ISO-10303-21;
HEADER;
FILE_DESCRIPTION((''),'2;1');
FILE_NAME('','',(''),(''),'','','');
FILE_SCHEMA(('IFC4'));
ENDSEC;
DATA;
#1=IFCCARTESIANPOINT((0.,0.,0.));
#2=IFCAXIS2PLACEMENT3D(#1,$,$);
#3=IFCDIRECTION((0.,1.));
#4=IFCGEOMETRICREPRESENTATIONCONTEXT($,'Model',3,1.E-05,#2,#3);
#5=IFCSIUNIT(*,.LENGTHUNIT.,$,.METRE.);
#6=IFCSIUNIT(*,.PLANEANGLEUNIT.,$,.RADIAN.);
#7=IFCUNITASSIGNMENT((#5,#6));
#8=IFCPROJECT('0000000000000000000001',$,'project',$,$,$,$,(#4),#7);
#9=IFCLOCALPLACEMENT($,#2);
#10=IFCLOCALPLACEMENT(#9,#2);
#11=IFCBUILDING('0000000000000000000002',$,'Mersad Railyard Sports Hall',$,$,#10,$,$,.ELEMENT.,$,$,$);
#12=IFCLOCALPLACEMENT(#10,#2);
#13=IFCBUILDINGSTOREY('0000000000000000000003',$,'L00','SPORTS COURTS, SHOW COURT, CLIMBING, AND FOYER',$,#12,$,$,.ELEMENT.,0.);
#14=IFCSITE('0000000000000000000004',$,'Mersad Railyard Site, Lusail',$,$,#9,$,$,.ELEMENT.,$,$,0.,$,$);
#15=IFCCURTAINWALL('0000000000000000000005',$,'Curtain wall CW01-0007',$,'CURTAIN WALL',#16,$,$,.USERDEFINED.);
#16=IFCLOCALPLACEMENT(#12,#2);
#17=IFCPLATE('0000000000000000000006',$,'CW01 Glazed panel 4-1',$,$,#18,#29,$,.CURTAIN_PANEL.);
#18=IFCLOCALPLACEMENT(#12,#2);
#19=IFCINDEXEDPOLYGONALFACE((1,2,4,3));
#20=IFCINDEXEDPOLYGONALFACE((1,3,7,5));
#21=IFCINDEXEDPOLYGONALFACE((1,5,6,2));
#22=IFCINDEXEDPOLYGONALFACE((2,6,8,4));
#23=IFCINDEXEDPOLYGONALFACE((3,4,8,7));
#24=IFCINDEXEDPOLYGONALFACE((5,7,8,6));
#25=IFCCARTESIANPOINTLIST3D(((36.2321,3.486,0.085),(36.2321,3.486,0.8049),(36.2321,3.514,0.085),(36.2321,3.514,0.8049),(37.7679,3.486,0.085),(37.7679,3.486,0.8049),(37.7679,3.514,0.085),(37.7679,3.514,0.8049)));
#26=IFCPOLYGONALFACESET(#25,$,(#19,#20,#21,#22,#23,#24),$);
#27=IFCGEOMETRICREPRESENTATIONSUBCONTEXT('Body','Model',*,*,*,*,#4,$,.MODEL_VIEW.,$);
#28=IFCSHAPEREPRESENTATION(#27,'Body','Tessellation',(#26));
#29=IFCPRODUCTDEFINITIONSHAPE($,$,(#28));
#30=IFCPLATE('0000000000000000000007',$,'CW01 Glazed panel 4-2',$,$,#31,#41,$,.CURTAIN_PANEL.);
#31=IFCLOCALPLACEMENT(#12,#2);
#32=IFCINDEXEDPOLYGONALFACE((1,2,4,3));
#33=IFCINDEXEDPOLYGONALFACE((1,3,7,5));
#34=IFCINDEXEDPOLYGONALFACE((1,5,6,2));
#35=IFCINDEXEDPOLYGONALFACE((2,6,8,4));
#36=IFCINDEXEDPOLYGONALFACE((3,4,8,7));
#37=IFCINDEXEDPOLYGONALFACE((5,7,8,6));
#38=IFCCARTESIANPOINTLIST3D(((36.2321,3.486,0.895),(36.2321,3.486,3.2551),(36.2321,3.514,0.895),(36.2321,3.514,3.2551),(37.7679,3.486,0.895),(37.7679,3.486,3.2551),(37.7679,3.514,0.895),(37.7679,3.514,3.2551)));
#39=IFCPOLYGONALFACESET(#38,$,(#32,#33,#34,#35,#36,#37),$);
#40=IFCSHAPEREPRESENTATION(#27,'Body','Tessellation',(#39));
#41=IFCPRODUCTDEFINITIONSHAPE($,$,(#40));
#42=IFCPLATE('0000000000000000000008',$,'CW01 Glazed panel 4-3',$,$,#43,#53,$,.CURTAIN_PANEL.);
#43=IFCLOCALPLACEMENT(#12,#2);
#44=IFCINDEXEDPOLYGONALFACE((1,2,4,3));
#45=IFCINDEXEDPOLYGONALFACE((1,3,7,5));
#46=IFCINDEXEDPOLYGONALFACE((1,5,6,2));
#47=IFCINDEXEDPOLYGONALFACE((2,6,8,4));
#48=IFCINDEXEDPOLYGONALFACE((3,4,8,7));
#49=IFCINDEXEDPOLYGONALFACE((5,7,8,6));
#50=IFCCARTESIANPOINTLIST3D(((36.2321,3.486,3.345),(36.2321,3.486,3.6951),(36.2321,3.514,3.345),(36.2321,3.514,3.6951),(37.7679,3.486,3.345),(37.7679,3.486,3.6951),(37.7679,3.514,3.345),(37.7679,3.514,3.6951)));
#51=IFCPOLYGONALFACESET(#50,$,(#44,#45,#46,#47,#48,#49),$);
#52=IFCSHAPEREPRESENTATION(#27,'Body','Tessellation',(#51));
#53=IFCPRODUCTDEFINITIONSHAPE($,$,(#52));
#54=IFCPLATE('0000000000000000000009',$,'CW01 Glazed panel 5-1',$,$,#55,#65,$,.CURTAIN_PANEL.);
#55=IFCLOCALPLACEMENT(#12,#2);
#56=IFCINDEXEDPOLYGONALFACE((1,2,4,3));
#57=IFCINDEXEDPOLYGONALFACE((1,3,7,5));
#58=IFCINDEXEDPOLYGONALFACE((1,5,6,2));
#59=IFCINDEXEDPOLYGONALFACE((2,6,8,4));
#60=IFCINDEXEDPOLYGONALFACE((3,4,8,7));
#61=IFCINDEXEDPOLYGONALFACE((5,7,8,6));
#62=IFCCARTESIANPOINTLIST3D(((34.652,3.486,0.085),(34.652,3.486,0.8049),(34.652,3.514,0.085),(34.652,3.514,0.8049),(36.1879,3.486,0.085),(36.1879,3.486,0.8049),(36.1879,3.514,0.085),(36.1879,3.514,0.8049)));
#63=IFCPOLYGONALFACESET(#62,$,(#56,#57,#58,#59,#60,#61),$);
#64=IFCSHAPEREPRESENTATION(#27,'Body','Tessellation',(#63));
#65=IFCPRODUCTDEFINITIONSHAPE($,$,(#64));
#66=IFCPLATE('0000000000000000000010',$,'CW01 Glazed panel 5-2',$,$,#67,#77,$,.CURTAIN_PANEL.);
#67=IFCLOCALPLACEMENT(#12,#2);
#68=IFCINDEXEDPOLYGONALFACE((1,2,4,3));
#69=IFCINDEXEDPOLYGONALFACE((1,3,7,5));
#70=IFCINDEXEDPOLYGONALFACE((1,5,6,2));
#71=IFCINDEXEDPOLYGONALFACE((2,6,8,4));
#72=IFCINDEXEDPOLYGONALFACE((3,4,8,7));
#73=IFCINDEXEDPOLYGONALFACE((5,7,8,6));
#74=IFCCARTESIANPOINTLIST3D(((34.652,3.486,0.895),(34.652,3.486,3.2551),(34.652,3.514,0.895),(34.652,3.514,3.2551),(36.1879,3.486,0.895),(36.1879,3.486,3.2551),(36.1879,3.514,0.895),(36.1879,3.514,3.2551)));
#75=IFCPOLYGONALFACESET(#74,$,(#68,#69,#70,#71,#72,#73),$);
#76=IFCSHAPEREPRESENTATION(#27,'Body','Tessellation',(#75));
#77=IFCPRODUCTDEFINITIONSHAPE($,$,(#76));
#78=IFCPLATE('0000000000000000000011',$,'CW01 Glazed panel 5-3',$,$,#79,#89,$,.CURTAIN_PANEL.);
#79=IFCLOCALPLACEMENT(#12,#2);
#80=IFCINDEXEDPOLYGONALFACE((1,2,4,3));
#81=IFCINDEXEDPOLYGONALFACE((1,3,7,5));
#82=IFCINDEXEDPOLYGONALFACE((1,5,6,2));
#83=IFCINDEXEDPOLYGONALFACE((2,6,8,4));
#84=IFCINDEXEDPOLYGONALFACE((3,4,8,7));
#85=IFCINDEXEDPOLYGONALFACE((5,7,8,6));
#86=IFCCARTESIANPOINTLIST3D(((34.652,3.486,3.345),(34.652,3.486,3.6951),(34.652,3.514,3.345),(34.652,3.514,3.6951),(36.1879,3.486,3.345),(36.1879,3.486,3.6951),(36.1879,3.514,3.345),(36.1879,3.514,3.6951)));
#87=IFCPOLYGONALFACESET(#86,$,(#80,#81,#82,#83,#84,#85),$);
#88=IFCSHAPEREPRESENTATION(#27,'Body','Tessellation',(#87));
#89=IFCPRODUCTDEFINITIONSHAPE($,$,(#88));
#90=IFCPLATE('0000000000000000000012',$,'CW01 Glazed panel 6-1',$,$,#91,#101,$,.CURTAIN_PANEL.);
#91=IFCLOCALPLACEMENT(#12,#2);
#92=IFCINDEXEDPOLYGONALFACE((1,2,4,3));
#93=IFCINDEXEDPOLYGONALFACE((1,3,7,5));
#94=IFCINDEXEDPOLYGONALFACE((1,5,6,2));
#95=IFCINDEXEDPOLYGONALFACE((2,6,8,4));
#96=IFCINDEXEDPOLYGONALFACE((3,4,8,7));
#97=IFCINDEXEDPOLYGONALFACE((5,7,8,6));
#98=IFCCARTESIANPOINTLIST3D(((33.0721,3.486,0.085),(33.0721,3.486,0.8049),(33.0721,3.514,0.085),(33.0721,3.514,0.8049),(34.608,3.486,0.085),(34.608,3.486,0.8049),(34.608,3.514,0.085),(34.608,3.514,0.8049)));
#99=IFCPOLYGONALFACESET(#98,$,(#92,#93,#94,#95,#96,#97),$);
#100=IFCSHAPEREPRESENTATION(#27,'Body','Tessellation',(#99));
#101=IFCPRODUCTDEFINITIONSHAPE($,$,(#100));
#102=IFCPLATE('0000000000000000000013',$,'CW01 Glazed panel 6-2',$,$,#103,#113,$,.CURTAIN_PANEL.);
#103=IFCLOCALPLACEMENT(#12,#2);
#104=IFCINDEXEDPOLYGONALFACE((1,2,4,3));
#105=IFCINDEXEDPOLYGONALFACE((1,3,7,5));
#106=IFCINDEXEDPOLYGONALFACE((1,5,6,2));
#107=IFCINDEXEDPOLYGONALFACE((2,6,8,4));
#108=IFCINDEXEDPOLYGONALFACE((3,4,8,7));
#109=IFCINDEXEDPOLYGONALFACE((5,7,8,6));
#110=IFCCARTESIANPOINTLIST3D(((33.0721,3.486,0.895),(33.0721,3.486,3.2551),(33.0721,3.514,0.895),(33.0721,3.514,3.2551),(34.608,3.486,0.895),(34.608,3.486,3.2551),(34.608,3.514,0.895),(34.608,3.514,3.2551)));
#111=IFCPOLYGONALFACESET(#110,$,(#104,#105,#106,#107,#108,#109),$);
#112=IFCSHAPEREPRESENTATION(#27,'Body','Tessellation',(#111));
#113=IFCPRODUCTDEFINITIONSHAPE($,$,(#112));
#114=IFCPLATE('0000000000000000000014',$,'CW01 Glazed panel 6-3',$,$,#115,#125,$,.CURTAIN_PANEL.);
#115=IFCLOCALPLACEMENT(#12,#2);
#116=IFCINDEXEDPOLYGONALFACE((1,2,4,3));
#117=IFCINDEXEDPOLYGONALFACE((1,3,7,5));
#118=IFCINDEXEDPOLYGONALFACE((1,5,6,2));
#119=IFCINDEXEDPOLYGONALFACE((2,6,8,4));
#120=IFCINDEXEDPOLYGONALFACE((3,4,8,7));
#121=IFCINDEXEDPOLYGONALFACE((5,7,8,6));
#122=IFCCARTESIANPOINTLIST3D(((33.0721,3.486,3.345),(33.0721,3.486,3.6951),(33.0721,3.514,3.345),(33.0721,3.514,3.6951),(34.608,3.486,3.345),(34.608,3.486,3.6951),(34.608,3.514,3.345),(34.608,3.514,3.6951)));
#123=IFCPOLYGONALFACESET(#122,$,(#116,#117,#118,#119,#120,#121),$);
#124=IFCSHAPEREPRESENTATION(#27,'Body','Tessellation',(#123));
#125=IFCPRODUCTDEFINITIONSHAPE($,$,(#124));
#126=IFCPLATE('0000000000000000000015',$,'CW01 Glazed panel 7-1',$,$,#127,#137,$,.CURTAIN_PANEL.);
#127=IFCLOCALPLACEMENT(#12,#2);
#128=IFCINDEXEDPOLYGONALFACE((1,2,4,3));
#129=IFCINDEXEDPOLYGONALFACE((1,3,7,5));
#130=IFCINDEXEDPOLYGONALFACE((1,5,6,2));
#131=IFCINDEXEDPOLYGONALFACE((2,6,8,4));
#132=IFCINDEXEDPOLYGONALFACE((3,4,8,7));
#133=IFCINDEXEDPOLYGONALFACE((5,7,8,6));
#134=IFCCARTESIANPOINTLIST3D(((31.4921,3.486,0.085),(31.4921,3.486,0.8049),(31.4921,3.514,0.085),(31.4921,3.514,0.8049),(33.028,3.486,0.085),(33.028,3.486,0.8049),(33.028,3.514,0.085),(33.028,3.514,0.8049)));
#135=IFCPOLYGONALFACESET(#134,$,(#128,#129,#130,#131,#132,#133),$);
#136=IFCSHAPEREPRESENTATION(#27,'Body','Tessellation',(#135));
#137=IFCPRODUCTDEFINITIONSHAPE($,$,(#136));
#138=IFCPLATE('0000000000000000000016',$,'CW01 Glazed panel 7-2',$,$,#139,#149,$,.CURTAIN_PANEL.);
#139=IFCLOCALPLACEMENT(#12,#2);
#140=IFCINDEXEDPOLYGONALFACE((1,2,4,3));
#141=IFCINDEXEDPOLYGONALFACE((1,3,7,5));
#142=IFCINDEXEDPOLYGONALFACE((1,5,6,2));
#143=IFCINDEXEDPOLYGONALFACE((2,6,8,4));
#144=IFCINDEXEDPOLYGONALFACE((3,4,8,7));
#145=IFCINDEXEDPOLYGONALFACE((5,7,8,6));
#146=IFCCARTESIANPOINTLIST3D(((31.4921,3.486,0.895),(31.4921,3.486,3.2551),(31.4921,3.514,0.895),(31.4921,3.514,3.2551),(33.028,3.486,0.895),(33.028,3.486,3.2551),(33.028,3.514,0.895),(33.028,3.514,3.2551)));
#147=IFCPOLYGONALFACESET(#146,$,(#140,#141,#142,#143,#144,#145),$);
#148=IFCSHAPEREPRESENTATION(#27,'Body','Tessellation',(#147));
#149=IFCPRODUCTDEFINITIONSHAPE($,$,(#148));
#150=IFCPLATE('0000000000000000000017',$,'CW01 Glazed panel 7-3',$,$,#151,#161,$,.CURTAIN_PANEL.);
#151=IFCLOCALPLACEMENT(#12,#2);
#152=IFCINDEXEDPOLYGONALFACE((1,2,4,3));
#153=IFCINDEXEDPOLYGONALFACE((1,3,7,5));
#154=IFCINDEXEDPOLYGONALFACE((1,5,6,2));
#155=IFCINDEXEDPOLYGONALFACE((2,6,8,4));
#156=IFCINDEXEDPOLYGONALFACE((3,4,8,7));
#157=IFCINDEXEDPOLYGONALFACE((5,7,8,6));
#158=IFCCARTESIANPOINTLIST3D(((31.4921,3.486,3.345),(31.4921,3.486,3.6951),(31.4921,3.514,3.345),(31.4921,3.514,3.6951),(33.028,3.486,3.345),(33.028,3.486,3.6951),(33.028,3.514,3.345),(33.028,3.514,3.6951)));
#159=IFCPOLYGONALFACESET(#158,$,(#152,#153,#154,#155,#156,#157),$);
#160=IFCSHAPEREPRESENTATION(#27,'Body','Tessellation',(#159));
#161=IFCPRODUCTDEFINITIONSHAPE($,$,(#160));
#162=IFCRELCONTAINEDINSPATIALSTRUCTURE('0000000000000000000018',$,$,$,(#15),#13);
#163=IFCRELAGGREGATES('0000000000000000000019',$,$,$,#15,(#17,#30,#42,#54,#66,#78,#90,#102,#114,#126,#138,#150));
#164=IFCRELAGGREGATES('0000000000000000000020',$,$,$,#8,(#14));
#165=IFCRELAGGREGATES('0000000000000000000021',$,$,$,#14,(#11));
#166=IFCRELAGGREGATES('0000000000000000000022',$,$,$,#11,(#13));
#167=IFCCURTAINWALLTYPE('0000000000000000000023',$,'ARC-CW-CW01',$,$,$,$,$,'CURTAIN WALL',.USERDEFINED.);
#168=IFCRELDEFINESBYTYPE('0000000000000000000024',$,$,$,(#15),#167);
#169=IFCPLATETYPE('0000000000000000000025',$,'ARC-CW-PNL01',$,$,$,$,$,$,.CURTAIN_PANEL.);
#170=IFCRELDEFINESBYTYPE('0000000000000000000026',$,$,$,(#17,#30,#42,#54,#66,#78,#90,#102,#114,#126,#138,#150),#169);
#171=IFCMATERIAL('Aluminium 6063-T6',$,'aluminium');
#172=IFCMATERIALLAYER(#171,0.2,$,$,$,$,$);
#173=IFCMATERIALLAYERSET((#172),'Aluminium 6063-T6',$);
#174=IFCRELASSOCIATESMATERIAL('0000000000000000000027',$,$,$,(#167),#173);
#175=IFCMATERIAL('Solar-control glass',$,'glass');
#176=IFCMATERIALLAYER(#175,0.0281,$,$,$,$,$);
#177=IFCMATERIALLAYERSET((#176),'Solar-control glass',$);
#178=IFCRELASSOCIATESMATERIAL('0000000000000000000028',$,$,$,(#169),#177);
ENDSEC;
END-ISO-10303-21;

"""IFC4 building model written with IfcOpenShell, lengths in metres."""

from ifc_helpers import new_model, si_unit, direction, frame, origin, origin_2d, place, context, subcontext, project, spatial, rectangle, extrude, material, layer, layer_set, type_object, element, aggregate, save


model = new_model("IFC4")

# Units and contexts
model_context = context("Model", 3, precision=1e-05, world=origin(), true_north=direction((0.0, 1.0)))
body_context = subcontext(model_context, "Body", "Model", "MODEL_VIEW")
ifc_project = project(units=[si_unit("LENGTHUNIT", "METRE"), si_unit("PLANEANGLEUNIT", "RADIAN")], contexts=[model_context])

# Site, building, storey
site_placement = place(None, origin())
site = spatial("IfcSite", under=ifc_project, at=site_placement, Name="Mersad Railyard Site, Lusail", CompositionType="ELEMENT", RefElevation=0.0)
building_placement = place(site_placement, origin())
building = spatial("IfcBuilding", under=site, at=building_placement, Name="Mersad Railyard Sports Hall", CompositionType="ELEMENT")
storey_placement = place(building_placement, origin())
storey = spatial("IfcBuildingStorey", under=building, at=storey_placement, Name="L00", Description="SPORTS COURTS, SHOW COURT, CLIMBING, AND FOYER", CompositionType="ELEMENT", Elevation=0.0)

# Curtain wall, plates
ifc_material_1 = material(Name="Aluminium 6063-T6", Category="aluminium")
ifc_layer_1 = layer(ifc_material_1, 0.2)
ifc_layer_set_1 = layer_set([ifc_layer_1], Name="Aluminium 6063-T6")
curtain_wall_type = type_object("IfcCurtainWallType", Name="ARC-CW-CW01", ElementType="CURTAIN WALL", PredefinedType="USERDEFINED", material=ifc_layer_set_1)
curtain_wall_placement = place(storey_placement, origin())
curtain_wall = element("IfcCurtainWall", 1, at=curtain_wall_placement, inside=storey, type_object=curtain_wall_type, Name="Curtain wall CW01-0007", ObjectType="CURTAIN WALL", PredefinedType="USERDEFINED")
ifc_material_2 = material(Name="Solar-control glass", Category="glass")
ifc_layer_2 = layer(ifc_material_2, 0.0281)
ifc_layer_set_2 = layer_set([ifc_layer_2], Name="Solar-control glass")
plate_type = type_object("IfcPlateType", Name="ARC-CW-PNL01", PredefinedType="CURTAIN_PANEL", material=ifc_layer_set_2)
plate_1_placement = place(storey_placement, frame((37.0, 3.5, 0.085), z_axis=(0.0, 0.0, 1.0), x_axis=(-1.0, 0.0, 0.0)))
plate_1 = element("IfcPlate", 2, at=plate_1_placement, type_object=plate_type, Name="CW01 Glazed panel 4-1", PredefinedType="CURTAIN_PANEL", context=body_context, shape_type="SweptSolid", body=[
    extrude(rectangle(XDim=1.5359, YDim=0.0281, at=origin_2d()), origin(), (0.0, 0.0, 1.0), 0.72),
])
plate_2_placement = place(storey_placement, frame((37.0, 3.5, 0.895), z_axis=(0.0, 0.0, 1.0), x_axis=(-1.0, 0.0, 0.0)))
plate_2 = element("IfcPlate", 3, at=plate_2_placement, type_object=plate_type, Name="CW01 Glazed panel 4-2", PredefinedType="CURTAIN_PANEL", context=body_context, shape_type="SweptSolid", body=[
    extrude(rectangle(XDim=1.5359, YDim=0.0281, at=origin_2d()), origin(), (0.0, 0.0, 1.0), 2.3601),
])
plate_3_placement = place(storey_placement, frame((37.0, 3.5, 3.345), z_axis=(0.0, 0.0, 1.0), x_axis=(-1.0, 0.0, 0.0)))
plate_3 = element("IfcPlate", 4, at=plate_3_placement, type_object=plate_type, Name="CW01 Glazed panel 4-3", PredefinedType="CURTAIN_PANEL", context=body_context, shape_type="SweptSolid", body=[
    extrude(rectangle(XDim=1.5359, YDim=0.0281, at=origin_2d()), origin(), (0.0, 0.0, 1.0), 0.3501),
])
plate_4_placement = place(storey_placement, frame((35.4199, 3.5, 0.085), z_axis=(0.0, 0.0, 1.0), x_axis=(-1.0, 0.0, 0.0)))
plate_4 = element("IfcPlate", 5, at=plate_4_placement, type_object=plate_type, Name="CW01 Glazed panel 5-1", PredefinedType="CURTAIN_PANEL", context=body_context, shape_type="SweptSolid", body=[
    extrude(rectangle(XDim=1.5359, YDim=0.0281, at=origin_2d()), origin(), (0.0, 0.0, 1.0), 0.72),
])
plate_5_placement = place(storey_placement, frame((35.4199, 3.5, 0.895), z_axis=(0.0, 0.0, 1.0), x_axis=(-1.0, 0.0, 0.0)))
plate_5 = element("IfcPlate", 6, at=plate_5_placement, type_object=plate_type, Name="CW01 Glazed panel 5-2", PredefinedType="CURTAIN_PANEL", context=body_context, shape_type="SweptSolid", body=[
    extrude(rectangle(XDim=1.5359, YDim=0.0281, at=origin_2d()), origin(), (0.0, 0.0, 1.0), 2.3601),
])
plate_6_placement = place(storey_placement, frame((35.4199, 3.5, 3.345), z_axis=(0.0, 0.0, 1.0), x_axis=(-1.0, 0.0, 0.0)))
plate_6 = element("IfcPlate", 7, at=plate_6_placement, type_object=plate_type, Name="CW01 Glazed panel 5-3", PredefinedType="CURTAIN_PANEL", context=body_context, shape_type="SweptSolid", body=[
    extrude(rectangle(XDim=1.5359, YDim=0.0281, at=origin_2d()), origin(), (0.0, 0.0, 1.0), 0.3501),
])
plate_7_placement = place(storey_placement, frame((33.8401, 3.5, 0.085), z_axis=(0.0, 0.0, 1.0), x_axis=(-1.0, 0.0, 0.0)))
plate_7 = element("IfcPlate", 8, at=plate_7_placement, type_object=plate_type, Name="CW01 Glazed panel 6-1", PredefinedType="CURTAIN_PANEL", context=body_context, shape_type="SweptSolid", body=[
    extrude(rectangle(XDim=1.5359, YDim=0.0281, at=origin_2d()), origin(), (0.0, 0.0, 1.0), 0.72),
])
plate_8_placement = place(storey_placement, frame((33.8401, 3.5, 0.895), z_axis=(0.0, 0.0, 1.0), x_axis=(-1.0, 0.0, 0.0)))
plate_8 = element("IfcPlate", 9, at=plate_8_placement, type_object=plate_type, Name="CW01 Glazed panel 6-2", PredefinedType="CURTAIN_PANEL", context=body_context, shape_type="SweptSolid", body=[
    extrude(rectangle(XDim=1.5359, YDim=0.0281, at=origin_2d()), origin(), (0.0, 0.0, 1.0), 2.3601),
])
plate_9_placement = place(storey_placement, frame((33.8401, 3.5, 3.345), z_axis=(0.0, 0.0, 1.0), x_axis=(-1.0, 0.0, 0.0)))
plate_9 = element("IfcPlate", 10, at=plate_9_placement, type_object=plate_type, Name="CW01 Glazed panel 6-3", PredefinedType="CURTAIN_PANEL", context=body_context, shape_type="SweptSolid", body=[
    extrude(rectangle(XDim=1.5359, YDim=0.0281, at=origin_2d()), origin(), (0.0, 0.0, 1.0), 0.3501),
])
plate_10_placement = place(storey_placement, frame((32.26, 3.5, 0.085), z_axis=(0.0, 0.0, 1.0), x_axis=(-1.0, 0.0, 0.0)))
plate_10 = element("IfcPlate", 11, at=plate_10_placement, type_object=plate_type, Name="CW01 Glazed panel 7-1", PredefinedType="CURTAIN_PANEL", context=body_context, shape_type="SweptSolid", body=[
    extrude(rectangle(XDim=1.5359, YDim=0.0281, at=origin_2d()), origin(), (0.0, 0.0, 1.0), 0.72),
])
plate_11_placement = place(storey_placement, frame((32.26, 3.5, 0.895), z_axis=(0.0, 0.0, 1.0), x_axis=(-1.0, 0.0, 0.0)))
plate_11 = element("IfcPlate", 12, at=plate_11_placement, type_object=plate_type, Name="CW01 Glazed panel 7-2", PredefinedType="CURTAIN_PANEL", context=body_context, shape_type="SweptSolid", body=[
    extrude(rectangle(XDim=1.5359, YDim=0.0281, at=origin_2d()), origin(), (0.0, 0.0, 1.0), 2.3601),
])
plate_12_placement = place(storey_placement, frame((32.26, 3.5, 3.345), z_axis=(0.0, 0.0, 1.0), x_axis=(-1.0, 0.0, 0.0)))
plate_12 = element("IfcPlate", 13, at=plate_12_placement, type_object=plate_type, Name="CW01 Glazed panel 7-3", PredefinedType="CURTAIN_PANEL", context=body_context, shape_type="SweptSolid", body=[
    extrude(rectangle(XDim=1.5359, YDim=0.0281, at=origin_2d()), origin(), (0.0, 0.0, 1.0), 0.3501),
])
aggregate(curtain_wall, [plate_1, plate_2, plate_3, plate_4, plate_5, plate_6, plate_7, plate_8, plate_9, plate_10, plate_11, plate_12])

save(model, "model.ifc")
